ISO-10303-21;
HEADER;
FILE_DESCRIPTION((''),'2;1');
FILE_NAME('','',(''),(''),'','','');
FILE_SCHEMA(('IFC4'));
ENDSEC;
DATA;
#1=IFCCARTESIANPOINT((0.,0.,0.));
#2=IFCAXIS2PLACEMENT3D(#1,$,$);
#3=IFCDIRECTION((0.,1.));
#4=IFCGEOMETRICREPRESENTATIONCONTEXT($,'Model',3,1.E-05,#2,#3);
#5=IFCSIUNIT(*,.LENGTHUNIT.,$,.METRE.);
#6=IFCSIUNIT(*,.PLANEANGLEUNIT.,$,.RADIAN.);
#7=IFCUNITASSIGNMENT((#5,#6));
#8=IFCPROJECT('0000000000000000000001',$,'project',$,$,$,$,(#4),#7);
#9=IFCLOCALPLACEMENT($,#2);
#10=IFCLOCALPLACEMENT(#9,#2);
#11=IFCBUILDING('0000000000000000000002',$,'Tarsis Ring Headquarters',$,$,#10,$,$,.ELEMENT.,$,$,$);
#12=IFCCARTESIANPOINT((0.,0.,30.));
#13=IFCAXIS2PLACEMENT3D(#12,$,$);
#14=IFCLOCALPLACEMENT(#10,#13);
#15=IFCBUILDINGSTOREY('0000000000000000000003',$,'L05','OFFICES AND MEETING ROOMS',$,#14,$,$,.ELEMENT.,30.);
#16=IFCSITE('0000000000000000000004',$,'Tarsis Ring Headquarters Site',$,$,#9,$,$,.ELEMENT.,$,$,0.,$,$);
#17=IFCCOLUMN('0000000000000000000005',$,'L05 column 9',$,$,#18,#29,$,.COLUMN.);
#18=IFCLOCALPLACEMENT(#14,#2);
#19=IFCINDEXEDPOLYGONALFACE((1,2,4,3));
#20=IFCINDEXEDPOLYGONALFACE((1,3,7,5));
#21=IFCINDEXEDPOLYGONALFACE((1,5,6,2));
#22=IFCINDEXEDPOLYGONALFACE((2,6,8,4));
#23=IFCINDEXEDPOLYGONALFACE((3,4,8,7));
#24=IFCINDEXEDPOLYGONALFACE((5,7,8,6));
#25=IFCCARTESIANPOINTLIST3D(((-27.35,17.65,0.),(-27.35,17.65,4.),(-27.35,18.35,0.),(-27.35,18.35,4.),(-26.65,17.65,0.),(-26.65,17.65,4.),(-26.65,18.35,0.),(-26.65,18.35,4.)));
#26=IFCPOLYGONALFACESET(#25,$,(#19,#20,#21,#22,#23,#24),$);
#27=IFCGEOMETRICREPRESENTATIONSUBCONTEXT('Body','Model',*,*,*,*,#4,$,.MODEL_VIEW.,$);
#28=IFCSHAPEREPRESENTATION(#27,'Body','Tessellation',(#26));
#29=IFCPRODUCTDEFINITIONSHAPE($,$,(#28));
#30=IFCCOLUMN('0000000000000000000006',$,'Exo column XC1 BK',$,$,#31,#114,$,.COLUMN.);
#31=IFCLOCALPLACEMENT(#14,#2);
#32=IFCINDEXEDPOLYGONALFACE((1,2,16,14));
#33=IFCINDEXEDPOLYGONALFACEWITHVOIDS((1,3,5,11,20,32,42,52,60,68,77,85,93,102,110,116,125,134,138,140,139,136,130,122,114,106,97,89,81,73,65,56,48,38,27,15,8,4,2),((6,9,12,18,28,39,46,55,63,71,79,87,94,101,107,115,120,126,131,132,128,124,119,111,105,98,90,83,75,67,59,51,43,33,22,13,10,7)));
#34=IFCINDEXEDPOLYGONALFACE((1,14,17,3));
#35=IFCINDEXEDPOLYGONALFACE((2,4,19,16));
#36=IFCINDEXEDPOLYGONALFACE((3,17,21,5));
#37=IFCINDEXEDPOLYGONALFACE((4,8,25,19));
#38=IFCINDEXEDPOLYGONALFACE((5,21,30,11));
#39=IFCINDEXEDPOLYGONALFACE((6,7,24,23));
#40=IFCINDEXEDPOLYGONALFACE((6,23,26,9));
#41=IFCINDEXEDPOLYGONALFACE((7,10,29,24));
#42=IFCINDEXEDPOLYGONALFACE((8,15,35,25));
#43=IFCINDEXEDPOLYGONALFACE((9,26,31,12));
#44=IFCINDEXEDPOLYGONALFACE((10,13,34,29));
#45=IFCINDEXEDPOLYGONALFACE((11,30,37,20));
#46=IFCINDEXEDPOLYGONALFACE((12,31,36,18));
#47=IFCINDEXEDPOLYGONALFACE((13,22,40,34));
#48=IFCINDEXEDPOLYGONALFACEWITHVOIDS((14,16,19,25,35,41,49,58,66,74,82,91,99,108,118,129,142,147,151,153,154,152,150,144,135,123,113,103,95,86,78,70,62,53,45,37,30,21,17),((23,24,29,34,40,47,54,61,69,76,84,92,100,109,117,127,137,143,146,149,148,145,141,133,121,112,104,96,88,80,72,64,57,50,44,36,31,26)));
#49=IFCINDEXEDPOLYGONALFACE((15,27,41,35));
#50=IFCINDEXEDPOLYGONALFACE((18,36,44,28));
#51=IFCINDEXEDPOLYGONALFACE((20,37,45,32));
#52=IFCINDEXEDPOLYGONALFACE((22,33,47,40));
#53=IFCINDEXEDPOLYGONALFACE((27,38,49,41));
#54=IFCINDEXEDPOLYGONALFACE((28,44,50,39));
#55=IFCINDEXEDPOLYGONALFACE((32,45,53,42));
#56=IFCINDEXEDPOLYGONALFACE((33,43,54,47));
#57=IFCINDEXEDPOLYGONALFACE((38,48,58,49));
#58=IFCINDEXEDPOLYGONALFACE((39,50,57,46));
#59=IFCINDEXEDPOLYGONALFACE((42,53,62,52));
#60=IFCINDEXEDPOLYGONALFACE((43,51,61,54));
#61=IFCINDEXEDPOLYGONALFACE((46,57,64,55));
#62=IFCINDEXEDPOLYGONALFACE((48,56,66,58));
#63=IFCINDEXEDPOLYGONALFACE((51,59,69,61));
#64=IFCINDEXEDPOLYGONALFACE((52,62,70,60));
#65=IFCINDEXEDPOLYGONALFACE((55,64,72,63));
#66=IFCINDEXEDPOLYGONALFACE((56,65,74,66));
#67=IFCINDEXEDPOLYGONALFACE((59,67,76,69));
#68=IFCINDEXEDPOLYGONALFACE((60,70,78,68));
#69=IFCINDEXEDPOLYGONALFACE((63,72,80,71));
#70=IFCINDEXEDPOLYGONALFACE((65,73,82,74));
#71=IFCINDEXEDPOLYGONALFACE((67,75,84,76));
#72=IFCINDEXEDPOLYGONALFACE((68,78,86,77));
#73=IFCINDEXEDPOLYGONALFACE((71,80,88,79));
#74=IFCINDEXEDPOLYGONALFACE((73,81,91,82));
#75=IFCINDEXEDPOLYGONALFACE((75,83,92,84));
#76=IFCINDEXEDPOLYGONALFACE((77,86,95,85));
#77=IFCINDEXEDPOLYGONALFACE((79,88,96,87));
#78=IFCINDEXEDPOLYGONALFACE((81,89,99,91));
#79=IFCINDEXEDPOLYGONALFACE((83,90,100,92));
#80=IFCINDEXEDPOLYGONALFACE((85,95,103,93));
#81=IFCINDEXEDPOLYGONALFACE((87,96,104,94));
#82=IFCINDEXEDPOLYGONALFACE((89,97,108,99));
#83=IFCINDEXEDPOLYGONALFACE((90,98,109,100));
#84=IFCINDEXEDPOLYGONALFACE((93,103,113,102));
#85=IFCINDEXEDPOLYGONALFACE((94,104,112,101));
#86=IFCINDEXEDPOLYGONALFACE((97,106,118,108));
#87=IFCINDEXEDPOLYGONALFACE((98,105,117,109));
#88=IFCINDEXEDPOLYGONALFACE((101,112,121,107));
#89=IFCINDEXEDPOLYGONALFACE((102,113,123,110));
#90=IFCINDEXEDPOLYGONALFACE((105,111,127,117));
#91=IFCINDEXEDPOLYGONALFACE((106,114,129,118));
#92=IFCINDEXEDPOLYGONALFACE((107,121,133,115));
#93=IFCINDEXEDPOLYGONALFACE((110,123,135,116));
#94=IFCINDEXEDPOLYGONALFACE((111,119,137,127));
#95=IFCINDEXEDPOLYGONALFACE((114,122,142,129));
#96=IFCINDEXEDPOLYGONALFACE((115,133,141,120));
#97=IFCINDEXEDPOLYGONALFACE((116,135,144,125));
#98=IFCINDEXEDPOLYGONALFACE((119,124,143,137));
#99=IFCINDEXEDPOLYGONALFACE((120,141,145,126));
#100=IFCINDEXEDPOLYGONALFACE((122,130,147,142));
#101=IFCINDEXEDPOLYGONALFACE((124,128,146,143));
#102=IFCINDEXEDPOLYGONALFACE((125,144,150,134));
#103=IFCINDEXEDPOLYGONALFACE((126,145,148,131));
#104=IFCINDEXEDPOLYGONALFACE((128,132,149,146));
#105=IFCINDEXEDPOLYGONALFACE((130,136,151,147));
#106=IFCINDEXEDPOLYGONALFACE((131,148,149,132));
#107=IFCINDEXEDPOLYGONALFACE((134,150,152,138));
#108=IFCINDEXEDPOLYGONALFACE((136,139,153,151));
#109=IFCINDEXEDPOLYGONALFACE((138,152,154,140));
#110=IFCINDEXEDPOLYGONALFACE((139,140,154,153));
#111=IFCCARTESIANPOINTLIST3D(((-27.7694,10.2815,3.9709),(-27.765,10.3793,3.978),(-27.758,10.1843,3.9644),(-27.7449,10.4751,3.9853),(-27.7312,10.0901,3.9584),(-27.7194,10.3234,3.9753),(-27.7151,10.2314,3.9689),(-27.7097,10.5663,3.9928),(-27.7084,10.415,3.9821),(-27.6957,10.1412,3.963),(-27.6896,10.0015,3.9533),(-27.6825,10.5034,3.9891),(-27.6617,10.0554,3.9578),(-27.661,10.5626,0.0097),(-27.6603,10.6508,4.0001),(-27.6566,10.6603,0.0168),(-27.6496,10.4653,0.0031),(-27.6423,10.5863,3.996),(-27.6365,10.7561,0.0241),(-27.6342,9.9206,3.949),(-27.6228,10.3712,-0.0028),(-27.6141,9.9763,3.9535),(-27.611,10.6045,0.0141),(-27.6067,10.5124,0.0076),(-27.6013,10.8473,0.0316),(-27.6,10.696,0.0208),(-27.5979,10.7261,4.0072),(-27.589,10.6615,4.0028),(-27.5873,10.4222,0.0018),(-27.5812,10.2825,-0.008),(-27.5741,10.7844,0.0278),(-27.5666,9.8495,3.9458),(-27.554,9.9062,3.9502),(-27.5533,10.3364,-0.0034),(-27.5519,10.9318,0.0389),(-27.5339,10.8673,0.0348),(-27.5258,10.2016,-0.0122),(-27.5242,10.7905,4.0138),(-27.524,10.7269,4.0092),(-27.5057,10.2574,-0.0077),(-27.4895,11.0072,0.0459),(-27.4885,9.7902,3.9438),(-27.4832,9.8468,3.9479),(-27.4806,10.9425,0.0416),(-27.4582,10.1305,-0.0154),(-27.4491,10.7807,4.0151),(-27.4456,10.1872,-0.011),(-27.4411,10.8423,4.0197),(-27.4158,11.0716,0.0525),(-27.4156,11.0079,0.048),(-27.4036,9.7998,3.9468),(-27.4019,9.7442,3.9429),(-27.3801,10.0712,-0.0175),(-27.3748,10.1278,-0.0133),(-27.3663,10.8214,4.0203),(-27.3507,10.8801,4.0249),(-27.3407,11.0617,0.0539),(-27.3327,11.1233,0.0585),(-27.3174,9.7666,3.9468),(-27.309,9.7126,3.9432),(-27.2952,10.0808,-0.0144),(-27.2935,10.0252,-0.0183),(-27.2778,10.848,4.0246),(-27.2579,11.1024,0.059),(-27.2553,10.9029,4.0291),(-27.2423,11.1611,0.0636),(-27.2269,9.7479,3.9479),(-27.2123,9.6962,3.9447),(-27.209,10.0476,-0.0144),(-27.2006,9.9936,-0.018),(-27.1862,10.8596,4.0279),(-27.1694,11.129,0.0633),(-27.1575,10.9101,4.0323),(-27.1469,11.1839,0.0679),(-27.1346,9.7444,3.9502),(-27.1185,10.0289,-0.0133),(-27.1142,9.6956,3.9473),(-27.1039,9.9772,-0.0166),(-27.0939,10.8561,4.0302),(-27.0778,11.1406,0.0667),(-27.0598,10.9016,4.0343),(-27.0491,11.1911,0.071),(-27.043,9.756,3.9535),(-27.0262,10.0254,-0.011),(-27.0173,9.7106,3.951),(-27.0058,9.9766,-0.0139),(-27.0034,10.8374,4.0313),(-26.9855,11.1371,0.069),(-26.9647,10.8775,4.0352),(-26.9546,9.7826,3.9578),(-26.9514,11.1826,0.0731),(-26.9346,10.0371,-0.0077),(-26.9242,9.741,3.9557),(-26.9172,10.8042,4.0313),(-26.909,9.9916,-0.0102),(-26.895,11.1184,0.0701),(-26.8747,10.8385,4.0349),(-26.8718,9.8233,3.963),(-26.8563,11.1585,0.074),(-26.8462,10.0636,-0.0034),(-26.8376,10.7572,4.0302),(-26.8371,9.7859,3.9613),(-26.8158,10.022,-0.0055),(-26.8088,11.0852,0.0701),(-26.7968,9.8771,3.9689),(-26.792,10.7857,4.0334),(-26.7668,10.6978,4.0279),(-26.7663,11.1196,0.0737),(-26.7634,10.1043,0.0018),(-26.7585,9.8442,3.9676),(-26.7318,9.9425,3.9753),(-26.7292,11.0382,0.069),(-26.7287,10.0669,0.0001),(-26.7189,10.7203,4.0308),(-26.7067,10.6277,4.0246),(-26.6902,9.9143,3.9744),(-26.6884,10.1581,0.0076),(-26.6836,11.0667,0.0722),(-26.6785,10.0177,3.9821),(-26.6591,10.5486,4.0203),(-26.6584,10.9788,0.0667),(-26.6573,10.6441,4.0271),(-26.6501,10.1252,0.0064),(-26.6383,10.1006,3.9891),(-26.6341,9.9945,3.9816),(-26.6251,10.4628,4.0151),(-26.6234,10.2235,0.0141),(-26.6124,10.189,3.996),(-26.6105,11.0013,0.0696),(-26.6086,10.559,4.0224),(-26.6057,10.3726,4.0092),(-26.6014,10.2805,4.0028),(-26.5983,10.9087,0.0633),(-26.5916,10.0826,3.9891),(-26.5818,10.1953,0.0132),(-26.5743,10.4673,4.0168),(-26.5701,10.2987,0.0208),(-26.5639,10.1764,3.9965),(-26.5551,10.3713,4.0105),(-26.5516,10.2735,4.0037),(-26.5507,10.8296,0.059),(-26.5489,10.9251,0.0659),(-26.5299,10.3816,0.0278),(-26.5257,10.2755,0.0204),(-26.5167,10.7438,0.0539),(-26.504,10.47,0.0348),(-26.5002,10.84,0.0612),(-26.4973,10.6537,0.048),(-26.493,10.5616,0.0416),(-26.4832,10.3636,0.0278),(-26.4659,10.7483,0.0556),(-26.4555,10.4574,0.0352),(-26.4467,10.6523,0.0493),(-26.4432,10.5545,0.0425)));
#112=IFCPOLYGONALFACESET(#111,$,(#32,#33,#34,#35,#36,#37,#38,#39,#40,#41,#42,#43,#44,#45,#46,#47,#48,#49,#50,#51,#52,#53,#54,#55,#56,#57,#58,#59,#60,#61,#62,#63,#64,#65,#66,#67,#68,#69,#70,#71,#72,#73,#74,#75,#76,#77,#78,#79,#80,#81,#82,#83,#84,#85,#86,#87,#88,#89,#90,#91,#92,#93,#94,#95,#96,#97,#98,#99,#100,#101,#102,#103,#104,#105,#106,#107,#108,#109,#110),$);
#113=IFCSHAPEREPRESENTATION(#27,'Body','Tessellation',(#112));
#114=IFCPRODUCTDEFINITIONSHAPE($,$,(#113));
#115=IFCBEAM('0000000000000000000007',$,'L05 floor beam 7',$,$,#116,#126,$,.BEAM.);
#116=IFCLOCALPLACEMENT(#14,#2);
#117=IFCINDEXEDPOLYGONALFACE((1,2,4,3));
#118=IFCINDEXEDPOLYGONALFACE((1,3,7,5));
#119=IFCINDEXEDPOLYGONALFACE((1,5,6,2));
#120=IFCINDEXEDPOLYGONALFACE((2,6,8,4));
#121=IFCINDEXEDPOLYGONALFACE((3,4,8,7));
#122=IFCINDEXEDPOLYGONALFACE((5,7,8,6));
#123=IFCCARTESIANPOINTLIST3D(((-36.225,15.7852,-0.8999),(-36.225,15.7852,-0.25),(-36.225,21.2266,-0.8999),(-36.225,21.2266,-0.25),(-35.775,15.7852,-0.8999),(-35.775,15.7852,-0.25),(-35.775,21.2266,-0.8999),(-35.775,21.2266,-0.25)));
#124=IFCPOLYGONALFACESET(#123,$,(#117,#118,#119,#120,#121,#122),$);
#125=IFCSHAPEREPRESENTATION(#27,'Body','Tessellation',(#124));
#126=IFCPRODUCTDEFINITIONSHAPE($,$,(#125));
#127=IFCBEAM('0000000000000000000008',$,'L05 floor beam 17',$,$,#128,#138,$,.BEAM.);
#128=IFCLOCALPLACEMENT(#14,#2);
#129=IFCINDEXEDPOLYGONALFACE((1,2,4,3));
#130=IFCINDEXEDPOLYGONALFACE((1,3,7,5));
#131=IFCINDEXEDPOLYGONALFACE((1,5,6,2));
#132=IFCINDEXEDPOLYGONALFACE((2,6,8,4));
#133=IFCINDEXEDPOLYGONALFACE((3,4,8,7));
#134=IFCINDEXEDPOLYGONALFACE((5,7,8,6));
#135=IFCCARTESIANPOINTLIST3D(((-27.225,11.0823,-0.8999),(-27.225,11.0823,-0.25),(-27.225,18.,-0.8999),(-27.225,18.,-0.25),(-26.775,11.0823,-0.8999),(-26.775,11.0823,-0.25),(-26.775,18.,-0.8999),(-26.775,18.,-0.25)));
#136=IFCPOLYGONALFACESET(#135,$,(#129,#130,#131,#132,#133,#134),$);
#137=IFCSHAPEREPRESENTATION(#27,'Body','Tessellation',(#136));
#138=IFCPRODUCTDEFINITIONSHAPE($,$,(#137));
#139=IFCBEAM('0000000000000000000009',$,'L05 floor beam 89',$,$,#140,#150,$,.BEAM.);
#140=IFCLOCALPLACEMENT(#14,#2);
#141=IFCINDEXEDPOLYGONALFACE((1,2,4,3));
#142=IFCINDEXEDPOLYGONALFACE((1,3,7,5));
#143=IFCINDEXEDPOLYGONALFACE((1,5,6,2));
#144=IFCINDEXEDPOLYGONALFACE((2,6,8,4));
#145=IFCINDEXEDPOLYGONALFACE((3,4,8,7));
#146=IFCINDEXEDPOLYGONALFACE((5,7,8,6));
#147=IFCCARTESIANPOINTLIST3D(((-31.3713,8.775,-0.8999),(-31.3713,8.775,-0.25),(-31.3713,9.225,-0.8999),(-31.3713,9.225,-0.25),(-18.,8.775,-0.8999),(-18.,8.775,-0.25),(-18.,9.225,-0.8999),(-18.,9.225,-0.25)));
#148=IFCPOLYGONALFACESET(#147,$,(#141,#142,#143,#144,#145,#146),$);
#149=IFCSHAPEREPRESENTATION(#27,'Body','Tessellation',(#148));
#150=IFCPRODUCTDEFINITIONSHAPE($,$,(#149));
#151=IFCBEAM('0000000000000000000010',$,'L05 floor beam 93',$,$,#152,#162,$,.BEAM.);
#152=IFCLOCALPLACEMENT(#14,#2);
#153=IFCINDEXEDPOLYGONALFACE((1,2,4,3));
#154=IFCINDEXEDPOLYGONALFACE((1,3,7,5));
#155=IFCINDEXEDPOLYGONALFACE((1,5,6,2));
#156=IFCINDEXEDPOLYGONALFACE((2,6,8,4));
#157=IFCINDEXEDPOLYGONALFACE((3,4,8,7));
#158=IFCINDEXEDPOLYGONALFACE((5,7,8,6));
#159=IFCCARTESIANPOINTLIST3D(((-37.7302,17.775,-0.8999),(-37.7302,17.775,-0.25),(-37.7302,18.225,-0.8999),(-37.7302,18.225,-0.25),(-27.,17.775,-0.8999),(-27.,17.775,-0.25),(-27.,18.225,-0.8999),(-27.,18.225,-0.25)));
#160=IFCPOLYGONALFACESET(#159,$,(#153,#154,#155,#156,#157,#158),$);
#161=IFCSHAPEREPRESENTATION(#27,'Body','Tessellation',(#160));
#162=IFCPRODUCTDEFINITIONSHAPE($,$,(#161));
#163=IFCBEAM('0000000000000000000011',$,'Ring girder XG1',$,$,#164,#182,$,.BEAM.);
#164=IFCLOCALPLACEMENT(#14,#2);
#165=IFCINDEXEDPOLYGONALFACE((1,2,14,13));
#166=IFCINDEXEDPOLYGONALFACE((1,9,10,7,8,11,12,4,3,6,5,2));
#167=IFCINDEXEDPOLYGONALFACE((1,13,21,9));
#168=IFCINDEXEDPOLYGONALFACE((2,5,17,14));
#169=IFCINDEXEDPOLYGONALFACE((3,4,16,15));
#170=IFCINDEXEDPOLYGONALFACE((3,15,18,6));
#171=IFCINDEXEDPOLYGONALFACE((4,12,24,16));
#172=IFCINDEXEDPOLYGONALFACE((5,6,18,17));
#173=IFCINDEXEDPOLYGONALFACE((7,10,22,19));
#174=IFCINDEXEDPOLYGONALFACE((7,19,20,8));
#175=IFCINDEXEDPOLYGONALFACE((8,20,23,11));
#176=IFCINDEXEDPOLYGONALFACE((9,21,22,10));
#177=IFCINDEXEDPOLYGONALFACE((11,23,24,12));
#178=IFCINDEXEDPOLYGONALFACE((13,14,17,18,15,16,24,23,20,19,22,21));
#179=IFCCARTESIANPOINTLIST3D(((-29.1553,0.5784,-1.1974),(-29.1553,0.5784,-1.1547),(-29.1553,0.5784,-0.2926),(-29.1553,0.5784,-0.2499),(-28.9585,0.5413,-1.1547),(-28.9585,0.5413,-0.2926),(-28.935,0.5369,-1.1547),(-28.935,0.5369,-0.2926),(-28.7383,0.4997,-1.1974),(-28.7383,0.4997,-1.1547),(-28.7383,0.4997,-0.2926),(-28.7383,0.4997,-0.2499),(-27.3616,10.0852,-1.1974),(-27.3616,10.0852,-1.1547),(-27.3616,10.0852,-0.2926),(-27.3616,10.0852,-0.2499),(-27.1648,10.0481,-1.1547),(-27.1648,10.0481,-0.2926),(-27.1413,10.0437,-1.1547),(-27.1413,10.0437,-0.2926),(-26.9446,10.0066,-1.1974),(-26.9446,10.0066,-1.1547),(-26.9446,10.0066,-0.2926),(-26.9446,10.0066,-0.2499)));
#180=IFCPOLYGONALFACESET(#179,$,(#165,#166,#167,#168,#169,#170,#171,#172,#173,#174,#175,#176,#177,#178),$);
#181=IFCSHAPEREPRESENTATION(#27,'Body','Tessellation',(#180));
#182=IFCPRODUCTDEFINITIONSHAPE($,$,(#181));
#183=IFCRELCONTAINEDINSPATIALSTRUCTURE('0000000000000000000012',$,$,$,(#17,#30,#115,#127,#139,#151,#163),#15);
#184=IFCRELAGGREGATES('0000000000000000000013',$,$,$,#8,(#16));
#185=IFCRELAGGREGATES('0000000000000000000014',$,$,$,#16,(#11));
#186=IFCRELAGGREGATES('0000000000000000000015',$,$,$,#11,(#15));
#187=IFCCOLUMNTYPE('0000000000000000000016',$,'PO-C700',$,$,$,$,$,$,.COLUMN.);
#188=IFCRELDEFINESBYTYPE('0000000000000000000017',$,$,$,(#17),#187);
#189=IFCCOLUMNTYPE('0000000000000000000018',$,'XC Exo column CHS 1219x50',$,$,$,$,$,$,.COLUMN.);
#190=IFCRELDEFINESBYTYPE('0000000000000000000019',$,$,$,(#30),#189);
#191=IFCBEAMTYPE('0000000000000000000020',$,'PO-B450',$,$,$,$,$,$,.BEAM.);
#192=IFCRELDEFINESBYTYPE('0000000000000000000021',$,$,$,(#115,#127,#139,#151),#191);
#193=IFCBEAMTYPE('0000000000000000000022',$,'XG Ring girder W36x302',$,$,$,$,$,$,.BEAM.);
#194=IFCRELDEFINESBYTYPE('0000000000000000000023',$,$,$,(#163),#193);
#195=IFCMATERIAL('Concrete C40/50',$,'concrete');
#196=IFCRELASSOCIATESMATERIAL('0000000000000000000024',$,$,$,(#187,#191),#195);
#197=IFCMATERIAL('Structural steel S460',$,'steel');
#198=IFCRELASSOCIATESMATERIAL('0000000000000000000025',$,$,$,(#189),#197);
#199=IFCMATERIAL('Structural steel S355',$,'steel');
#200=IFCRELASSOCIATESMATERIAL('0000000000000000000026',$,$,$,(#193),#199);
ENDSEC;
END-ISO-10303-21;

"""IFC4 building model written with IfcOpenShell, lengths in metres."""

from ifc_helpers import new_model, si_unit, direction, frame, origin, origin_2d, place, context, subcontext, project, spatial, rectangle, hollow_circle, i_section, extrude, material, material_profile, profile_set, type_object, element, save


model = new_model("IFC4")

# Units and contexts
model_context = context("Model", 3, precision=1e-05, world=origin(), true_north=direction((0.0, 1.0)))
body_context = subcontext(model_context, "Body", "Model", "MODEL_VIEW")
ifc_project = project(units=[si_unit("LENGTHUNIT", "METRE"), si_unit("PLANEANGLEUNIT", "RADIAN")], contexts=[model_context])

# Site, building, storey
site_placement = place(None, origin())
site = spatial("IfcSite", under=ifc_project, at=site_placement, Name="Tarsis Ring Headquarters Site", CompositionType="ELEMENT", RefElevation=0.0)
building_placement = place(site_placement, origin())
building = spatial("IfcBuilding", under=site, at=building_placement, Name="Tarsis Ring Headquarters", CompositionType="ELEMENT")
storey_placement = place(building_placement, frame((0.0, 0.0, 30.0)))
storey = spatial("IfcBuildingStorey", under=building, at=storey_placement, Name="L05", Description="OFFICES AND MEETING ROOMS", CompositionType="ELEMENT", Elevation=30.0)

# Columns
ifc_material_1 = material(Name="Concrete C40/50", Category="concrete")
ifc_material_profile_1 = material_profile(ifc_material_1, rectangle(XDim=0.7, YDim=0.7, at=origin_2d()), Name="PO-C700")
ifc_profile_set_1 = profile_set([ifc_material_profile_1], Name="Concrete C40/50")
column_type_1 = type_object("IfcColumnType", Name="PO-C700", PredefinedType="COLUMN", material=ifc_profile_set_1)
column_1_placement = place(storey_placement, frame((-27.0, 18.0, 0.0), z_axis=(0.0, 0.0, 1.0), x_axis=(1.0, 0.0, 0.0)))
element("IfcColumn", 1, at=column_1_placement, inside=storey, type_object=column_type_1, Name="L05 column 9", PredefinedType="COLUMN", context=body_context, shape_type="SweptSolid", body=[
    extrude(rectangle(XDim=0.7, YDim=0.7, at=origin_2d()), origin(), (0.0, 0.0, 1.0), 4.0),
])
ifc_material_2 = material(Name="Structural steel S460", Category="steel")
ifc_material_profile_2 = material_profile(ifc_material_2, hollow_circle(Radius=0.6096, WallThickness=0.05, at=origin_2d()), Name="CHS 1219x50")
ifc_profile_set_2 = profile_set([ifc_material_profile_2], Name="Structural steel S460")
column_type_2 = type_object("IfcColumnType", Name="XC Exo column CHS 1219x50", PredefinedType="COLUMN", material=ifc_profile_set_2)
column_2_placement = place(storey_placement, frame((-27.052, 10.583, 0.0278), z_axis=(-0.027286, -0.070736, 0.997122), x_axis=(0.93299, -0.359902, 0.0)))
element("IfcColumn", 2, at=column_2_placement, inside=storey, type_object=column_type_2, Name="Exo column XC1 BK", PredefinedType="COLUMN", context=body_context, shape_type="SweptSolid", body=[
    extrude(hollow_circle(Radius=0.6096, WallThickness=0.05, at=origin_2d()), origin(), (0.0, 0.0, 1.0), 3.9727),
])

# Beams
ifc_material_profile_3 = material_profile(ifc_material_1, rectangle(XDim=0.45, YDim=0.6499, at=origin_2d()), Name="PO-B450")
ifc_profile_set_3 = profile_set([ifc_material_profile_3], Name="Concrete C40/50")
beam_type_1 = type_object("IfcBeamType", Name="PO-B450", PredefinedType="BEAM", material=ifc_profile_set_3)
beam_1_placement = place(storey_placement, frame((-36.0, 15.7852, -0.575), z_axis=(0.0, 1.0, 0.0), x_axis=(-1.0, 0.0, 0.0)))
element("IfcBeam", 3, at=beam_1_placement, inside=storey, type_object=beam_type_1, Name="L05 floor beam 7", PredefinedType="BEAM", context=body_context, shape_type="SweptSolid", body=[
    extrude(rectangle(XDim=0.45, YDim=0.6499, at=origin_2d()), origin(), (0.0, 0.0, 1.0), 5.4414),
])
beam_2_placement = place(storey_placement, frame((-27.0, 11.0823, -0.575), z_axis=(0.0, 1.0, 0.0), x_axis=(-1.0, 0.0, 0.0)))
element("IfcBeam", 4, at=beam_2_placement, inside=storey, type_object=beam_type_1, Name="L05 floor beam 17", PredefinedType="BEAM", context=body_context, shape_type="SweptSolid", body=[
    extrude(rectangle(XDim=0.45, YDim=0.6499, at=origin_2d()), origin(), (0.0, 0.0, 1.0), 6.9177),
])
beam_3_placement = place(storey_placement, frame((-31.3713, 9.0, -0.575), z_axis=(1.0, 0.0, 0.0), x_axis=(0.0, 1.0, 0.0)))
element("IfcBeam", 5, at=beam_3_placement, inside=storey, type_object=beam_type_1, Name="L05 floor beam 89", PredefinedType="BEAM", context=body_context, shape_type="SweptSolid", body=[
    extrude(rectangle(XDim=0.45, YDim=0.6499, at=origin_2d()), origin(), (0.0, 0.0, 1.0), 13.3713),
])
beam_4_placement = place(storey_placement, frame((-37.7302, 18.0, -0.575), z_axis=(1.0, 0.0, 0.0), x_axis=(0.0, 1.0, 0.0)))
element("IfcBeam", 6, at=beam_4_placement, inside=storey, type_object=beam_type_1, Name="L05 floor beam 93", PredefinedType="BEAM", context=body_context, shape_type="SweptSolid", body=[
    extrude(rectangle(XDim=0.45, YDim=0.6499, at=origin_2d()), origin(), (0.0, 0.0, 1.0), 10.7302),
])
ifc_material_3 = material(Name="Structural steel S355", Category="steel")
ifc_material_profile_4 = material_profile(ifc_material_3, i_section(OverallWidth=0.4243, OverallDepth=0.9475, WebThickness=0.0239, FlangeThickness=0.0427, at=origin_2d()), Name="W36x302")
ifc_profile_set_4 = profile_set([ifc_material_profile_4], Name="Structural steel S355")
beam_type_2 = type_object("IfcBeamType", Name="XG Ring girder W36x302", PredefinedType="BEAM", material=ifc_profile_set_4)
beam_5_placement = place(storey_placement, frame((-27.1531, 10.0459, -0.7236), z_axis=(-0.185404, -0.982662, 0.0), x_axis=(0.982662, -0.185404, 0.0)))
element("IfcBeam", 7, at=beam_5_placement, inside=storey, type_object=beam_type_2, Name="Ring girder XG1", PredefinedType="BEAM", context=body_context, shape_type="SweptSolid", body=[
    extrude(i_section(OverallWidth=0.4243, OverallDepth=0.9475, WebThickness=0.0239, FlangeThickness=0.0427, at=origin_2d()), origin(), (0.0, 0.0, 1.0), 9.6746),
])

save(model, "model.ifc")
